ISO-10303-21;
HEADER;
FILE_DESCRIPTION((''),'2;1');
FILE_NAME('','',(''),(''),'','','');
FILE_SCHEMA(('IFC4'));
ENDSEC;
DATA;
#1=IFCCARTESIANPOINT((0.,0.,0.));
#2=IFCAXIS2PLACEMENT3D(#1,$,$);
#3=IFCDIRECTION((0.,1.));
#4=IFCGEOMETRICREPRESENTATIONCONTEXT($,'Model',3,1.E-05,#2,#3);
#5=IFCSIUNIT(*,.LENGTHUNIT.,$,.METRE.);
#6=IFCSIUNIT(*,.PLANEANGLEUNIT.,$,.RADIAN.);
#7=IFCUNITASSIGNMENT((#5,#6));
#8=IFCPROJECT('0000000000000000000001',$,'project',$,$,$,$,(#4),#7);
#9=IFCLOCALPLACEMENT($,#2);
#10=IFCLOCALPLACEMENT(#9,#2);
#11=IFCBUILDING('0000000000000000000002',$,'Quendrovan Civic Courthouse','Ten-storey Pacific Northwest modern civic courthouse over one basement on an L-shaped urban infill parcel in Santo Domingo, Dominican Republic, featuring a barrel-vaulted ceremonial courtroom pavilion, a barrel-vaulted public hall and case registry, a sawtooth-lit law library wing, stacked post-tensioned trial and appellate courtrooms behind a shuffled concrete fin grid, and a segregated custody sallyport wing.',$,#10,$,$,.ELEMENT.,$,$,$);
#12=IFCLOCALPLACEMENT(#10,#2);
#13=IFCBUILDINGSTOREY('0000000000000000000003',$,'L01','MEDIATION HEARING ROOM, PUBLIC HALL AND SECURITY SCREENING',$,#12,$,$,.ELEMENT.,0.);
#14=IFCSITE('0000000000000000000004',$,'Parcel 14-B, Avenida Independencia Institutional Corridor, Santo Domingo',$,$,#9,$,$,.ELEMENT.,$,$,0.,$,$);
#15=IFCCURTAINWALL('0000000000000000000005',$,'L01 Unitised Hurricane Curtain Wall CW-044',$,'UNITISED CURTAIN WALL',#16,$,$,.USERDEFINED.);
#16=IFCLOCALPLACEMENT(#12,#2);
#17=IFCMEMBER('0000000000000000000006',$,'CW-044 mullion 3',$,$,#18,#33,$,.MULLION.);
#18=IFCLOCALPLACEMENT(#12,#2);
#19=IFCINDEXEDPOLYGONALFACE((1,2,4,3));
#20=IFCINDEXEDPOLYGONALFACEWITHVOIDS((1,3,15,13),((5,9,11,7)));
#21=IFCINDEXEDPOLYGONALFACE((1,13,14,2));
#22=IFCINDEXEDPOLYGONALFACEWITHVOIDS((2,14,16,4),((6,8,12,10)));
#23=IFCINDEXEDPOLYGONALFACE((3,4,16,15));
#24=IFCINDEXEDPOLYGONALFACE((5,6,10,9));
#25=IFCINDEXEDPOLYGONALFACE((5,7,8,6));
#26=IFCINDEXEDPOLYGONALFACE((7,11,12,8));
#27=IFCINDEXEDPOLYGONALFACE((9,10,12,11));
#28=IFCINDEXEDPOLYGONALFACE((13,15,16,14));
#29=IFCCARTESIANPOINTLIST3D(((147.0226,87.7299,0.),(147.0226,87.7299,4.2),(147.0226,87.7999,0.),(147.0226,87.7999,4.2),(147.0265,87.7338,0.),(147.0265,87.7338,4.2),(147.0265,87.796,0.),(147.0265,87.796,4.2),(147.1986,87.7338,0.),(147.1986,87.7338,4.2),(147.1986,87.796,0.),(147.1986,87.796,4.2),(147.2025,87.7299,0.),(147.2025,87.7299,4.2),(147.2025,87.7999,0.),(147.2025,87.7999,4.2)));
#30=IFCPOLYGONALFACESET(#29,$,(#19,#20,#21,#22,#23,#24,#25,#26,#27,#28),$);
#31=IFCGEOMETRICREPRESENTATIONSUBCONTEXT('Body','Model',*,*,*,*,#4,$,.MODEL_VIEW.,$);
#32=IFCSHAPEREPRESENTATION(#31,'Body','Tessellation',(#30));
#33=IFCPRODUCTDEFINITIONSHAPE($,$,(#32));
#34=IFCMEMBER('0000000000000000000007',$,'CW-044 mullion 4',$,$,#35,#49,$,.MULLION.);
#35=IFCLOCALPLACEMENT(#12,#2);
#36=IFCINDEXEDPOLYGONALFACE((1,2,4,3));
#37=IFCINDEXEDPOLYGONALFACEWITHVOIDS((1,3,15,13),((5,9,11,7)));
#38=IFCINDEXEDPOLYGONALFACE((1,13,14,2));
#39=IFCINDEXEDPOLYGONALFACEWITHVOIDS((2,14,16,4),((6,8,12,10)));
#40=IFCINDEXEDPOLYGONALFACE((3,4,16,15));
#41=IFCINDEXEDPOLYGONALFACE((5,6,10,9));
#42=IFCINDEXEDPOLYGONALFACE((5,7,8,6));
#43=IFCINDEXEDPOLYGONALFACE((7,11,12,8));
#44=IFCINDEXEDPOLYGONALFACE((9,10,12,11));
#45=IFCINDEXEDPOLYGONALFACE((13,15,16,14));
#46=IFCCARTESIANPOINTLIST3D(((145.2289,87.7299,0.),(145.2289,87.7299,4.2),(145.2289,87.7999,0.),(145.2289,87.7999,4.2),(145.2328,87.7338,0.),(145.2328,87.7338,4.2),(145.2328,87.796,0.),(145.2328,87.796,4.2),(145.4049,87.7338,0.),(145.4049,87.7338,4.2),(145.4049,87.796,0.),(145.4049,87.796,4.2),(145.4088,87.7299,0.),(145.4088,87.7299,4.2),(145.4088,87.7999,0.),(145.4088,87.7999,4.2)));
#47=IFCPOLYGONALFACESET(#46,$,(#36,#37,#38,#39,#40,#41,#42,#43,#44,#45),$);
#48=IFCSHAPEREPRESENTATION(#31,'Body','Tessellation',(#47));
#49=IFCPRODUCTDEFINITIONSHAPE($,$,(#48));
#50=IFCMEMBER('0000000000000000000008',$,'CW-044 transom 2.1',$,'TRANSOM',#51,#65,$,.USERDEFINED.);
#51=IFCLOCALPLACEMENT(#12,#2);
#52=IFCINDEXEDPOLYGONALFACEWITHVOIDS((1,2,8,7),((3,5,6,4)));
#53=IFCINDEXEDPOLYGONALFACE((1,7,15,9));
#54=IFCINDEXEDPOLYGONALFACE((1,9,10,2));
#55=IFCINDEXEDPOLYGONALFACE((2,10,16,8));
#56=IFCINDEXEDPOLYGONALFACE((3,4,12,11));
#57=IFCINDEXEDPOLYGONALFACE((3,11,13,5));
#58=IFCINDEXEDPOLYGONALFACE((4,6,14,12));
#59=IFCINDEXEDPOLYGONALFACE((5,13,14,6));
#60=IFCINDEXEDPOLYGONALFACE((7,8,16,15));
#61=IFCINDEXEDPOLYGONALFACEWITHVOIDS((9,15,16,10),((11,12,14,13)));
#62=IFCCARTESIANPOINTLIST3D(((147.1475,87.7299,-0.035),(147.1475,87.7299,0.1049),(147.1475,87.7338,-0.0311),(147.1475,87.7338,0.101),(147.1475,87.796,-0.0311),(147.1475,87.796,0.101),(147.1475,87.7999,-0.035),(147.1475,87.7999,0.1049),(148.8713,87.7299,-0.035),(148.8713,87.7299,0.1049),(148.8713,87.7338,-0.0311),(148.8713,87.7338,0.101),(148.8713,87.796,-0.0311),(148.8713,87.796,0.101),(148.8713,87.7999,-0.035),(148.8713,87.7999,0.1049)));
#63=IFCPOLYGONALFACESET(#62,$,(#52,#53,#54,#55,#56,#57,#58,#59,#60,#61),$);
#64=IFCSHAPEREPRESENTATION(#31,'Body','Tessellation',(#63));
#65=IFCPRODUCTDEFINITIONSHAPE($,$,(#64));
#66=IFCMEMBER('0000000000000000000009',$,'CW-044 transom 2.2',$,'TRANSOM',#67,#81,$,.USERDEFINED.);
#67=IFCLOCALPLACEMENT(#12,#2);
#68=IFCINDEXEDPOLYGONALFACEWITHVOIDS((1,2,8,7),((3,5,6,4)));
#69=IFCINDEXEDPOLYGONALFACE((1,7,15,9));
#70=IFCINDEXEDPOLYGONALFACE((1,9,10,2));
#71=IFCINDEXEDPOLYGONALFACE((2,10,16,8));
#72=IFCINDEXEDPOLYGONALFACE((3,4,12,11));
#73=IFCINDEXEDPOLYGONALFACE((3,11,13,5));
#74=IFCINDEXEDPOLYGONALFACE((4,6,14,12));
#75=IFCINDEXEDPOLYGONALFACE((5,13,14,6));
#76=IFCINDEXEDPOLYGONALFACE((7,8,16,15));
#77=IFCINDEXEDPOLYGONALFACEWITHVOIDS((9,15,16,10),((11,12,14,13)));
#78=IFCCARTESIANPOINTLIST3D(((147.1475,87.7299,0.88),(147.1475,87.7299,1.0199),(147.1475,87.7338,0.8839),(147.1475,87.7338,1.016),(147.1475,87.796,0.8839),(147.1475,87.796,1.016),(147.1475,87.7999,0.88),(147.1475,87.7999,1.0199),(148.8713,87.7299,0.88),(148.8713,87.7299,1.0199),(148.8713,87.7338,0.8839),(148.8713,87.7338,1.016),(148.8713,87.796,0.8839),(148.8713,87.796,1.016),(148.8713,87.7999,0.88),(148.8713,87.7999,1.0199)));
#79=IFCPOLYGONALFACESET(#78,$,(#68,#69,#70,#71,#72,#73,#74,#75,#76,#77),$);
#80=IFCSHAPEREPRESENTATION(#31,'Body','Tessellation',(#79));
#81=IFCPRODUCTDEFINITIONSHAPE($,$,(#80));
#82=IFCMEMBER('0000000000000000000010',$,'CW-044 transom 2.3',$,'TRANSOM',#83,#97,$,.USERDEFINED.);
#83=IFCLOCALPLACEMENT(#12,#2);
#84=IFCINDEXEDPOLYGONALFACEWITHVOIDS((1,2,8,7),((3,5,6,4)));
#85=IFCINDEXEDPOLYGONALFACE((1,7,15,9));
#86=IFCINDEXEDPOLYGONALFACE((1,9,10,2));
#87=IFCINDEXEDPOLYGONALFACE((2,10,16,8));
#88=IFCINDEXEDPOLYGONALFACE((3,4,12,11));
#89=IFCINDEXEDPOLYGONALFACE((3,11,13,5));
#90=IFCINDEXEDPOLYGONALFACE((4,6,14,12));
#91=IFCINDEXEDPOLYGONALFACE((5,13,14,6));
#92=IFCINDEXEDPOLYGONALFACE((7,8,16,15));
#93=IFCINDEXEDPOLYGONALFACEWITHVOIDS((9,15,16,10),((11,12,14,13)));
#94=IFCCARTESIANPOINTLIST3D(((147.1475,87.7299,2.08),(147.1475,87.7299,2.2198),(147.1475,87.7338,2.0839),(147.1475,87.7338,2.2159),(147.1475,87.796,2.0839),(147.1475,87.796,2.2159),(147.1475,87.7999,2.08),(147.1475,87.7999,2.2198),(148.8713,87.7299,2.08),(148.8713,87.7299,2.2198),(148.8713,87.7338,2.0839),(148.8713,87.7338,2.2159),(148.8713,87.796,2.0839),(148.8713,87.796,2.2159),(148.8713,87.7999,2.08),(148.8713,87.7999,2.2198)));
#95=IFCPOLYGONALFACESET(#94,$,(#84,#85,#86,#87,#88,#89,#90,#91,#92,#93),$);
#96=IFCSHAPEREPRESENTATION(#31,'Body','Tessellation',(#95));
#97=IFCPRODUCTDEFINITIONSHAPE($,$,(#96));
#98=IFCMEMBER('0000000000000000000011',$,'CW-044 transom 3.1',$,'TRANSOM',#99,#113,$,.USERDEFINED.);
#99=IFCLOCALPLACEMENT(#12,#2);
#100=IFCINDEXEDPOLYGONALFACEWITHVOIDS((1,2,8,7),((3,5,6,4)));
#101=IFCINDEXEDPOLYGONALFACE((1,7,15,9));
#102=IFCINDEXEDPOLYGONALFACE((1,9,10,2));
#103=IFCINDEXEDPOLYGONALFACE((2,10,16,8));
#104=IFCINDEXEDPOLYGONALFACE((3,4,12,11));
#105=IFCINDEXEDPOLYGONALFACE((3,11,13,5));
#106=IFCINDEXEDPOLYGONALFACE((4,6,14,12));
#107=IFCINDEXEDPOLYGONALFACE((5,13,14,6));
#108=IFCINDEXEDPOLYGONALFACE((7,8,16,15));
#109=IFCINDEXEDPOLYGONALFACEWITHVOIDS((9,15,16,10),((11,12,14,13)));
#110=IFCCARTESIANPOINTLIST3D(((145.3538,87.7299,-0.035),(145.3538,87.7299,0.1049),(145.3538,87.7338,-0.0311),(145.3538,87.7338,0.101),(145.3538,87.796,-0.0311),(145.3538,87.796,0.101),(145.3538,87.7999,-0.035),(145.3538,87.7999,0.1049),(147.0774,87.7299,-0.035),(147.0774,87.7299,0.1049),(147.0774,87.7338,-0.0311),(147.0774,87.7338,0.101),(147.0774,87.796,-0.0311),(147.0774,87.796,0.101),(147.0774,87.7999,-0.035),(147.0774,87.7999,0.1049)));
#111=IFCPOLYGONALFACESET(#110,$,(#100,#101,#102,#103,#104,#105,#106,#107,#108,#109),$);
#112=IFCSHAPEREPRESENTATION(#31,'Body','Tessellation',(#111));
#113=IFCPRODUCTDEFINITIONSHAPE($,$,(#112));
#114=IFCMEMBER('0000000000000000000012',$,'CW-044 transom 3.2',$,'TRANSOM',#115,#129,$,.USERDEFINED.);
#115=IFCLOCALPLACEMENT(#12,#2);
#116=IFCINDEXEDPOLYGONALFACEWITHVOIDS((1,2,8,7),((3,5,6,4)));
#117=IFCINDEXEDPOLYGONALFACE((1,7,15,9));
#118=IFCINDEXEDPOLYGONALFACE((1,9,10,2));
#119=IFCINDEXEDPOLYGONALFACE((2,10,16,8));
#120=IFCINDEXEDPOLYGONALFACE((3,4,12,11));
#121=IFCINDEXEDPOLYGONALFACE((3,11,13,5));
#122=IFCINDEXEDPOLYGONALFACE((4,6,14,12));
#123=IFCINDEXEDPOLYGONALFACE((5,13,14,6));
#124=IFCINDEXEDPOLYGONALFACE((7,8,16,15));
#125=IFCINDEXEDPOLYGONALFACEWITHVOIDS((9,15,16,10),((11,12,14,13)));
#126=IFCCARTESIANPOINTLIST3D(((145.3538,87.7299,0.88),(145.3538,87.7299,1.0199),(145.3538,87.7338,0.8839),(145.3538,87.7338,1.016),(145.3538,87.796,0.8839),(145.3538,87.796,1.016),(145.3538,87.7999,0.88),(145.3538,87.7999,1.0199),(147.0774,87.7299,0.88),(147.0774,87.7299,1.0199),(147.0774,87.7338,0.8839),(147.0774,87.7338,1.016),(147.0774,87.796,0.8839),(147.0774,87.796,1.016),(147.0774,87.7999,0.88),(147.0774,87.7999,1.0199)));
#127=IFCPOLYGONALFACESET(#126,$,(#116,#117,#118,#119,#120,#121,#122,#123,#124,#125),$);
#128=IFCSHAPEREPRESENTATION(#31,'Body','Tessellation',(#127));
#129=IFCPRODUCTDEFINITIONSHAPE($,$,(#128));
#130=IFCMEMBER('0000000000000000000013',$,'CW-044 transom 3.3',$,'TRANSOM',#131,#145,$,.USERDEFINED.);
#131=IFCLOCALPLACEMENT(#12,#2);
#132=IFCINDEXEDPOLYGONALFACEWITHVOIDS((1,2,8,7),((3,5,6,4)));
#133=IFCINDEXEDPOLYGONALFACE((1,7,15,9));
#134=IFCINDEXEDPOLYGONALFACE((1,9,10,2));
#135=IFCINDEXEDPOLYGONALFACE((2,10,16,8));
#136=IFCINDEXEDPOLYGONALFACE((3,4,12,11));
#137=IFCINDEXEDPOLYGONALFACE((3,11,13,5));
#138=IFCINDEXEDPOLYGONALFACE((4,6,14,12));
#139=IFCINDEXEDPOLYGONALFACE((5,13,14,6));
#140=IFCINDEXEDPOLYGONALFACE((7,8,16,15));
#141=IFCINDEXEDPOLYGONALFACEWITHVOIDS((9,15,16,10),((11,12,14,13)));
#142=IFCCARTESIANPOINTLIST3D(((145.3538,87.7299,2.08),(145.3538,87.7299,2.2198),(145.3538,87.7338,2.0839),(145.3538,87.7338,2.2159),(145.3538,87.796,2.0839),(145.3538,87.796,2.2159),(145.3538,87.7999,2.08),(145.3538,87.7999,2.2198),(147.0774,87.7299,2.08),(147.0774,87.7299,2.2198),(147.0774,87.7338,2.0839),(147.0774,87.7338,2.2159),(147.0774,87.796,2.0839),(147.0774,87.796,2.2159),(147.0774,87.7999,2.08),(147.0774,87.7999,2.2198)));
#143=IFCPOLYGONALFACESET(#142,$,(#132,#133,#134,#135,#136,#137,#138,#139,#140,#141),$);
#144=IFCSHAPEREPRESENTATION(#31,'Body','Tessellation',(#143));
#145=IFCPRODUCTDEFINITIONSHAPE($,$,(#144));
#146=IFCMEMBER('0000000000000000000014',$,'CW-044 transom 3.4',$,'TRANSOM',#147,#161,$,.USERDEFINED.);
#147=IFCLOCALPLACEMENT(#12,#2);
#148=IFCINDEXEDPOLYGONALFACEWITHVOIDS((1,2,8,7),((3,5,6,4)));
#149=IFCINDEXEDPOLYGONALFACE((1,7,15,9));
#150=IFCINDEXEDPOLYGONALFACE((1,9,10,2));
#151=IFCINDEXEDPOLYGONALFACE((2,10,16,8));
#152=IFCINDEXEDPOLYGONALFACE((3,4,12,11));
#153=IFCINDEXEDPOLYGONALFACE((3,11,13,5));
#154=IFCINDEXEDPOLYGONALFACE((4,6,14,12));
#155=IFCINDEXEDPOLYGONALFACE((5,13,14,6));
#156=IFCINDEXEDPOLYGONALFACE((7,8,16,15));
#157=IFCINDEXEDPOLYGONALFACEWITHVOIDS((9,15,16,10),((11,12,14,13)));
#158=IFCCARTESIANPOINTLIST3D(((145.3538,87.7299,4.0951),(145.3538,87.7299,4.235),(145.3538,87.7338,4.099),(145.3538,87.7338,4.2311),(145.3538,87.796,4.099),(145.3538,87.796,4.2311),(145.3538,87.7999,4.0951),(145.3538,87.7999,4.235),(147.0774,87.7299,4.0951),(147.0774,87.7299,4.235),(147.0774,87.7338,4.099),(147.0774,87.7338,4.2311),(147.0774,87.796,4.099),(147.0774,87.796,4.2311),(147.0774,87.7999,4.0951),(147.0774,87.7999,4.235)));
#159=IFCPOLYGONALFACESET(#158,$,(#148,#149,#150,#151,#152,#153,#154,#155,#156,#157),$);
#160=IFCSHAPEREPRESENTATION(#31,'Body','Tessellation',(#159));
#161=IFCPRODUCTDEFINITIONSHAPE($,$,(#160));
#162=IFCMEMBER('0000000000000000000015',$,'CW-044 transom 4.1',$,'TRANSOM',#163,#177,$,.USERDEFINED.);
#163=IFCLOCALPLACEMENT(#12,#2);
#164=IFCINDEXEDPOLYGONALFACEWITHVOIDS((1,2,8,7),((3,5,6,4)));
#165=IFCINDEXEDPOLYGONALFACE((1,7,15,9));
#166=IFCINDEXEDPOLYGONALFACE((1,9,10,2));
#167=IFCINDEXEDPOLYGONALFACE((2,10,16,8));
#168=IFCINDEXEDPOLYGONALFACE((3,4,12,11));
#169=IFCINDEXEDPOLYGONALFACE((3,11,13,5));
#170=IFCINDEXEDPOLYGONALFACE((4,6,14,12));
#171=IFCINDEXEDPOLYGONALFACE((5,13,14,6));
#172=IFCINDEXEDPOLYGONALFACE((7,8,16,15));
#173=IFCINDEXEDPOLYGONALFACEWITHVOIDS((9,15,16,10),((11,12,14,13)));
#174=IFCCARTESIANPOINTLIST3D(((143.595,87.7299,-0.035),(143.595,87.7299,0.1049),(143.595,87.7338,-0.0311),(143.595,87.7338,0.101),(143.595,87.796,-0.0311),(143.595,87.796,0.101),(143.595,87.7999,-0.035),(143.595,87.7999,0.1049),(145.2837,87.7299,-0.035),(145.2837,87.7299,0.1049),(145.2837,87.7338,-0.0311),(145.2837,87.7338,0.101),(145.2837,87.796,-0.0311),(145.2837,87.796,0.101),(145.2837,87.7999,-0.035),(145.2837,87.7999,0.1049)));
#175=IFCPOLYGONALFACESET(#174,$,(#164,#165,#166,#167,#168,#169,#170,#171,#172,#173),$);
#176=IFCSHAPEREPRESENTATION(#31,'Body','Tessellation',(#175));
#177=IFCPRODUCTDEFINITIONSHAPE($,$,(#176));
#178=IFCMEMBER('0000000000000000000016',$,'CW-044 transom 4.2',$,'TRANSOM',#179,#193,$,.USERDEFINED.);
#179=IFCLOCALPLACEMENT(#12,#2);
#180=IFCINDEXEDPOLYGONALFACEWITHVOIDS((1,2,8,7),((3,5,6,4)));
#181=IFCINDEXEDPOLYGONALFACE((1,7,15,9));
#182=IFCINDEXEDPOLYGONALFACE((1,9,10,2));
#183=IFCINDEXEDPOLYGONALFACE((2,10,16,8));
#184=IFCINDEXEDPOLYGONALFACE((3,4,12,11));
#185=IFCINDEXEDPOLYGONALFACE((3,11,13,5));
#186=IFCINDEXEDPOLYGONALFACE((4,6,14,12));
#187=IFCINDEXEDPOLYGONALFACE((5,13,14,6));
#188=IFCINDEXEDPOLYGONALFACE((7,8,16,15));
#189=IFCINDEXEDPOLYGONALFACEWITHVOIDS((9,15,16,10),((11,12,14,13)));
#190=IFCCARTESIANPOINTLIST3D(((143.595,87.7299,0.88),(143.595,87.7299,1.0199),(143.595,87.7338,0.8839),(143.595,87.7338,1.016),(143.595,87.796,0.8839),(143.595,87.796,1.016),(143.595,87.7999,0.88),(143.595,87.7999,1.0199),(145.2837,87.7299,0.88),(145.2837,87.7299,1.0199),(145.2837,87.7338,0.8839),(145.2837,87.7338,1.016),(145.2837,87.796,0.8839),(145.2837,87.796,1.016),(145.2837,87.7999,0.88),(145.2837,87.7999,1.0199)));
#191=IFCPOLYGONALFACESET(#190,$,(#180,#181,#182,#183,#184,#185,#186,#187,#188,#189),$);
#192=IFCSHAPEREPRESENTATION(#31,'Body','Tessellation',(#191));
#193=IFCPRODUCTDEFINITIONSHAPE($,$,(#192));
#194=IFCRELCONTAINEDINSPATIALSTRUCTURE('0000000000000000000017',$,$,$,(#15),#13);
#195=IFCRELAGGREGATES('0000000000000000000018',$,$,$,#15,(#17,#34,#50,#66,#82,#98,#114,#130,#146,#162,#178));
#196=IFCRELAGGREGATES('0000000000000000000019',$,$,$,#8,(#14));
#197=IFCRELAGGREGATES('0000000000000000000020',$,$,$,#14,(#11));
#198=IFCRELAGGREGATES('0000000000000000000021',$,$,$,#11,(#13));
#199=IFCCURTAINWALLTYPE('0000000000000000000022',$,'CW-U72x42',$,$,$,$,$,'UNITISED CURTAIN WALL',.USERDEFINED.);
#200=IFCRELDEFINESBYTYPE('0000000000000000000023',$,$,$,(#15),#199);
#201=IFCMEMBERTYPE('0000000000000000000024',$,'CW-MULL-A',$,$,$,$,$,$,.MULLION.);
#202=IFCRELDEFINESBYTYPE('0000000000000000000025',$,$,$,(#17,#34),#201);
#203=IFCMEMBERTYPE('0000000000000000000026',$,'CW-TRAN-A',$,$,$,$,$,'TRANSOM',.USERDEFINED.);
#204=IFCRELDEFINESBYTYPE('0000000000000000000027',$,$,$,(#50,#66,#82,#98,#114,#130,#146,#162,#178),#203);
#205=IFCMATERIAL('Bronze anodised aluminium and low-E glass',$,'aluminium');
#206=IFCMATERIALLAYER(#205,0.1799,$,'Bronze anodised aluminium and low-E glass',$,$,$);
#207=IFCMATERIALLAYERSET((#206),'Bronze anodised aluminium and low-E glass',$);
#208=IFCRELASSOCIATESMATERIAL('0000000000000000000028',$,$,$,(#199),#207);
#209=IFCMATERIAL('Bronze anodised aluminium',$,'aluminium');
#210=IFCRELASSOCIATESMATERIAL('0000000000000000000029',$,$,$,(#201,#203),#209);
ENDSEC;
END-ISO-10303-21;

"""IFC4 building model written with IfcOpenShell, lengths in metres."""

from ifc_helpers import new_model, si_unit, direction, frame, origin, origin_2d, place, context, subcontext, project, spatial, hollow_rectangle, extrude, material, layer, layer_set, material_profile, profile_set, type_object, element, aggregate, save


model = new_model("IFC4")

# Units and contexts
model_context = context("Model", 3, precision=1e-05, world=origin(), true_north=direction((0.0, 1.0)))
body_context = subcontext(model_context, "Body", "Model", "MODEL_VIEW")
ifc_project = project(units=[si_unit("LENGTHUNIT", "METRE"), si_unit("PLANEANGLEUNIT", "RADIAN")], contexts=[model_context])

# Site, building, storey
site_placement = place(None, origin())
site = spatial("IfcSite", under=ifc_project, at=site_placement, Name="Parcel 14-B, Avenida Independencia Institutional Corridor, Santo Domingo", CompositionType="ELEMENT", RefElevation=0.0)
building_placement = place(site_placement, origin())
building = spatial("IfcBuilding", under=site, at=building_placement, Name="Quendrovan Civic Courthouse", Description="Ten-storey Pacific Northwest modern civic courthouse over one basement on an L-shaped urban infill parcel in Santo Domingo, Dominican Republic, featuring a barrel-vaulted ceremonial courtroom pavilion, a barrel-vaulted public hall and case registry, a sawtooth-lit law library wing, stacked post-tensioned trial and appellate courtrooms behind a shuffled concrete fin grid, and a segregated custody sallyport wing.", CompositionType="ELEMENT")
storey_placement = place(building_placement, origin())
storey = spatial("IfcBuildingStorey", under=building, at=storey_placement, Name="L01", Description="MEDIATION HEARING ROOM, PUBLIC HALL AND SECURITY SCREENING", CompositionType="ELEMENT", Elevation=0.0)

# Curtain wall, members
ifc_material_1 = material(Name="Bronze anodised aluminium and low-E glass", Category="aluminium")
ifc_layer_1 = layer(ifc_material_1, 0.1799, Name="Bronze anodised aluminium and low-E glass")
ifc_layer_set_1 = layer_set([ifc_layer_1], Name="Bronze anodised aluminium and low-E glass")
curtain_wall_type = type_object("IfcCurtainWallType", Name="CW-U72x42", ElementType="UNITISED CURTAIN WALL", PredefinedType="USERDEFINED", material=ifc_layer_set_1)
curtain_wall_placement = place(storey_placement, origin())
curtain_wall = element("IfcCurtainWall", 1, at=curtain_wall_placement, inside=storey, type_object=curtain_wall_type, Name="L01 Unitised Hurricane Curtain Wall CW-044", ObjectType="UNITISED CURTAIN WALL", PredefinedType="USERDEFINED")
ifc_material_2 = material(Name="Bronze anodised aluminium", Category="aluminium")
ifc_material_profile_1 = material_profile(ifc_material_2, hollow_rectangle(XDim=0.0701, YDim=0.1799, WallThickness=0.0039, at=origin_2d()), Name="CW-MULL-70x180")
ifc_profile_set_1 = profile_set([ifc_material_profile_1], Name="Bronze anodised aluminium")
member_type_1 = type_object("IfcMemberType", Name="CW-MULL-A", PredefinedType="MULLION", material=ifc_profile_set_1)
member_1_placement = place(storey_placement, frame((147.1125, 87.7649, 0.0), z_axis=(0.0, 0.0, 1.0), x_axis=(0.0, -1.0, 0.0)))
member_1 = element("IfcMember", 2, at=member_1_placement, type_object=member_type_1, Name="CW-044 mullion 3", PredefinedType="MULLION", context=body_context, shape_type="SweptSolid", body=[
    extrude(hollow_rectangle(XDim=0.0701, YDim=0.1799, WallThickness=0.0039, at=origin_2d()), origin(), (0.0, 0.0, 1.0), 4.2),
])
member_2_placement = place(storey_placement, frame((145.3188, 87.7649, 0.0), z_axis=(0.0, 0.0, 1.0), x_axis=(0.0, -1.0, 0.0)))
member_2 = element("IfcMember", 3, at=member_2_placement, type_object=member_type_1, Name="CW-044 mullion 4", PredefinedType="MULLION", context=body_context, shape_type="SweptSolid", body=[
    extrude(hollow_rectangle(XDim=0.0701, YDim=0.1799, WallThickness=0.0039, at=origin_2d()), origin(), (0.0, 0.0, 1.0), 4.2),
])
ifc_material_profile_2 = material_profile(ifc_material_2, hollow_rectangle(XDim=0.0701, YDim=0.1399, WallThickness=0.0039, at=origin_2d()), Name="CW-TRAN-70x140")
ifc_profile_set_2 = profile_set([ifc_material_profile_2], Name="Bronze anodised aluminium")
member_type_2 = type_object("IfcMemberType", Name="CW-TRAN-A", ElementType="TRANSOM", PredefinedType="USERDEFINED", material=ifc_profile_set_2)
member_3_placement = place(storey_placement, frame((148.8713, 87.7649, 0.0349), z_axis=(-1.0, 0.0, 0.0), x_axis=(0.0, -1.0, 0.0)))
member_3 = element("IfcMember", 4, at=member_3_placement, type_object=member_type_2, Name="CW-044 transom 2.1", ObjectType="TRANSOM", PredefinedType="USERDEFINED", context=body_context, shape_type="SweptSolid", body=[
    extrude(hollow_rectangle(XDim=0.0701, YDim=0.1399, WallThickness=0.0039, at=origin_2d()), origin(), (0.0, 0.0, 1.0), 1.7239),
])
member_4_placement = place(storey_placement, frame((148.8713, 87.7649, 0.95), z_axis=(-1.0, 0.0, 0.0), x_axis=(0.0, -1.0, 0.0)))
member_4 = element("IfcMember", 5, at=member_4_placement, type_object=member_type_2, Name="CW-044 transom 2.2", ObjectType="TRANSOM", PredefinedType="USERDEFINED", context=body_context, shape_type="SweptSolid", body=[
    extrude(hollow_rectangle(XDim=0.0701, YDim=0.1399, WallThickness=0.0039, at=origin_2d()), origin(), (0.0, 0.0, 1.0), 1.7239),
])
member_5_placement = place(storey_placement, frame((148.8713, 87.7649, 2.1499), z_axis=(-1.0, 0.0, 0.0), x_axis=(0.0, -1.0, 0.0)))
member_5 = element("IfcMember", 6, at=member_5_placement, type_object=member_type_2, Name="CW-044 transom 2.3", ObjectType="TRANSOM", PredefinedType="USERDEFINED", context=body_context, shape_type="SweptSolid", body=[
    extrude(hollow_rectangle(XDim=0.0701, YDim=0.1399, WallThickness=0.0039, at=origin_2d()), origin(), (0.0, 0.0, 1.0), 1.7239),
])
member_6_placement = place(storey_placement, frame((147.0774, 87.7649, 0.0349), z_axis=(-1.0, 0.0, 0.0), x_axis=(0.0, -1.0, 0.0)))
member_6 = element("IfcMember", 7, at=member_6_placement, type_object=member_type_2, Name="CW-044 transom 3.1", ObjectType="TRANSOM", PredefinedType="USERDEFINED", context=body_context, shape_type="SweptSolid", body=[
    extrude(hollow_rectangle(XDim=0.0701, YDim=0.1399, WallThickness=0.0039, at=origin_2d()), origin(), (0.0, 0.0, 1.0), 1.7236),
])
member_7_placement = place(storey_placement, frame((147.0774, 87.7649, 0.95), z_axis=(-1.0, 0.0, 0.0), x_axis=(0.0, -1.0, 0.0)))
member_7 = element("IfcMember", 8, at=member_7_placement, type_object=member_type_2, Name="CW-044 transom 3.2", ObjectType="TRANSOM", PredefinedType="USERDEFINED", context=body_context, shape_type="SweptSolid", body=[
    extrude(hollow_rectangle(XDim=0.0701, YDim=0.1399, WallThickness=0.0039, at=origin_2d()), origin(), (0.0, 0.0, 1.0), 1.7236),
])
member_8_placement = place(storey_placement, frame((147.0774, 87.7649, 2.1499), z_axis=(-1.0, 0.0, 0.0), x_axis=(0.0, -1.0, 0.0)))
member_8 = element("IfcMember", 9, at=member_8_placement, type_object=member_type_2, Name="CW-044 transom 3.3", ObjectType="TRANSOM", PredefinedType="USERDEFINED", context=body_context, shape_type="SweptSolid", body=[
    extrude(hollow_rectangle(XDim=0.0701, YDim=0.1399, WallThickness=0.0039, at=origin_2d()), origin(), (0.0, 0.0, 1.0), 1.7236),
])
member_9_placement = place(storey_placement, frame((147.0774, 87.7649, 4.165), z_axis=(-1.0, 0.0, 0.0), x_axis=(0.0, -1.0, 0.0)))
member_9 = element("IfcMember", 10, at=member_9_placement, type_object=member_type_2, Name="CW-044 transom 3.4", ObjectType="TRANSOM", PredefinedType="USERDEFINED", context=body_context, shape_type="SweptSolid", body=[
    extrude(hollow_rectangle(XDim=0.0701, YDim=0.1399, WallThickness=0.0039, at=origin_2d()), origin(), (0.0, 0.0, 1.0), 1.7236),
])
member_10_placement = place(storey_placement, frame((145.2837, 87.7649, 0.0349), z_axis=(-1.0, 0.0, 0.0), x_axis=(0.0, -1.0, 0.0)))
member_10 = element("IfcMember", 11, at=member_10_placement, type_object=member_type_2, Name="CW-044 transom 4.1", ObjectType="TRANSOM", PredefinedType="USERDEFINED", context=body_context, shape_type="SweptSolid", body=[
    extrude(hollow_rectangle(XDim=0.0701, YDim=0.1399, WallThickness=0.0039, at=origin_2d()), origin(), (0.0, 0.0, 1.0), 1.6887),
])
member_11_placement = place(storey_placement, frame((145.2837, 87.7649, 0.95), z_axis=(-1.0, 0.0, 0.0), x_axis=(0.0, -1.0, 0.0)))
member_11 = element("IfcMember", 12, at=member_11_placement, type_object=member_type_2, Name="CW-044 transom 4.2", ObjectType="TRANSOM", PredefinedType="USERDEFINED", context=body_context, shape_type="SweptSolid", body=[
    extrude(hollow_rectangle(XDim=0.0701, YDim=0.1399, WallThickness=0.0039, at=origin_2d()), origin(), (0.0, 0.0, 1.0), 1.6887),
])
aggregate(curtain_wall, [member_1, member_2, member_3, member_4, member_5, member_6, member_7, member_8, member_9, member_10, member_11])

save(model, "model.ifc")
